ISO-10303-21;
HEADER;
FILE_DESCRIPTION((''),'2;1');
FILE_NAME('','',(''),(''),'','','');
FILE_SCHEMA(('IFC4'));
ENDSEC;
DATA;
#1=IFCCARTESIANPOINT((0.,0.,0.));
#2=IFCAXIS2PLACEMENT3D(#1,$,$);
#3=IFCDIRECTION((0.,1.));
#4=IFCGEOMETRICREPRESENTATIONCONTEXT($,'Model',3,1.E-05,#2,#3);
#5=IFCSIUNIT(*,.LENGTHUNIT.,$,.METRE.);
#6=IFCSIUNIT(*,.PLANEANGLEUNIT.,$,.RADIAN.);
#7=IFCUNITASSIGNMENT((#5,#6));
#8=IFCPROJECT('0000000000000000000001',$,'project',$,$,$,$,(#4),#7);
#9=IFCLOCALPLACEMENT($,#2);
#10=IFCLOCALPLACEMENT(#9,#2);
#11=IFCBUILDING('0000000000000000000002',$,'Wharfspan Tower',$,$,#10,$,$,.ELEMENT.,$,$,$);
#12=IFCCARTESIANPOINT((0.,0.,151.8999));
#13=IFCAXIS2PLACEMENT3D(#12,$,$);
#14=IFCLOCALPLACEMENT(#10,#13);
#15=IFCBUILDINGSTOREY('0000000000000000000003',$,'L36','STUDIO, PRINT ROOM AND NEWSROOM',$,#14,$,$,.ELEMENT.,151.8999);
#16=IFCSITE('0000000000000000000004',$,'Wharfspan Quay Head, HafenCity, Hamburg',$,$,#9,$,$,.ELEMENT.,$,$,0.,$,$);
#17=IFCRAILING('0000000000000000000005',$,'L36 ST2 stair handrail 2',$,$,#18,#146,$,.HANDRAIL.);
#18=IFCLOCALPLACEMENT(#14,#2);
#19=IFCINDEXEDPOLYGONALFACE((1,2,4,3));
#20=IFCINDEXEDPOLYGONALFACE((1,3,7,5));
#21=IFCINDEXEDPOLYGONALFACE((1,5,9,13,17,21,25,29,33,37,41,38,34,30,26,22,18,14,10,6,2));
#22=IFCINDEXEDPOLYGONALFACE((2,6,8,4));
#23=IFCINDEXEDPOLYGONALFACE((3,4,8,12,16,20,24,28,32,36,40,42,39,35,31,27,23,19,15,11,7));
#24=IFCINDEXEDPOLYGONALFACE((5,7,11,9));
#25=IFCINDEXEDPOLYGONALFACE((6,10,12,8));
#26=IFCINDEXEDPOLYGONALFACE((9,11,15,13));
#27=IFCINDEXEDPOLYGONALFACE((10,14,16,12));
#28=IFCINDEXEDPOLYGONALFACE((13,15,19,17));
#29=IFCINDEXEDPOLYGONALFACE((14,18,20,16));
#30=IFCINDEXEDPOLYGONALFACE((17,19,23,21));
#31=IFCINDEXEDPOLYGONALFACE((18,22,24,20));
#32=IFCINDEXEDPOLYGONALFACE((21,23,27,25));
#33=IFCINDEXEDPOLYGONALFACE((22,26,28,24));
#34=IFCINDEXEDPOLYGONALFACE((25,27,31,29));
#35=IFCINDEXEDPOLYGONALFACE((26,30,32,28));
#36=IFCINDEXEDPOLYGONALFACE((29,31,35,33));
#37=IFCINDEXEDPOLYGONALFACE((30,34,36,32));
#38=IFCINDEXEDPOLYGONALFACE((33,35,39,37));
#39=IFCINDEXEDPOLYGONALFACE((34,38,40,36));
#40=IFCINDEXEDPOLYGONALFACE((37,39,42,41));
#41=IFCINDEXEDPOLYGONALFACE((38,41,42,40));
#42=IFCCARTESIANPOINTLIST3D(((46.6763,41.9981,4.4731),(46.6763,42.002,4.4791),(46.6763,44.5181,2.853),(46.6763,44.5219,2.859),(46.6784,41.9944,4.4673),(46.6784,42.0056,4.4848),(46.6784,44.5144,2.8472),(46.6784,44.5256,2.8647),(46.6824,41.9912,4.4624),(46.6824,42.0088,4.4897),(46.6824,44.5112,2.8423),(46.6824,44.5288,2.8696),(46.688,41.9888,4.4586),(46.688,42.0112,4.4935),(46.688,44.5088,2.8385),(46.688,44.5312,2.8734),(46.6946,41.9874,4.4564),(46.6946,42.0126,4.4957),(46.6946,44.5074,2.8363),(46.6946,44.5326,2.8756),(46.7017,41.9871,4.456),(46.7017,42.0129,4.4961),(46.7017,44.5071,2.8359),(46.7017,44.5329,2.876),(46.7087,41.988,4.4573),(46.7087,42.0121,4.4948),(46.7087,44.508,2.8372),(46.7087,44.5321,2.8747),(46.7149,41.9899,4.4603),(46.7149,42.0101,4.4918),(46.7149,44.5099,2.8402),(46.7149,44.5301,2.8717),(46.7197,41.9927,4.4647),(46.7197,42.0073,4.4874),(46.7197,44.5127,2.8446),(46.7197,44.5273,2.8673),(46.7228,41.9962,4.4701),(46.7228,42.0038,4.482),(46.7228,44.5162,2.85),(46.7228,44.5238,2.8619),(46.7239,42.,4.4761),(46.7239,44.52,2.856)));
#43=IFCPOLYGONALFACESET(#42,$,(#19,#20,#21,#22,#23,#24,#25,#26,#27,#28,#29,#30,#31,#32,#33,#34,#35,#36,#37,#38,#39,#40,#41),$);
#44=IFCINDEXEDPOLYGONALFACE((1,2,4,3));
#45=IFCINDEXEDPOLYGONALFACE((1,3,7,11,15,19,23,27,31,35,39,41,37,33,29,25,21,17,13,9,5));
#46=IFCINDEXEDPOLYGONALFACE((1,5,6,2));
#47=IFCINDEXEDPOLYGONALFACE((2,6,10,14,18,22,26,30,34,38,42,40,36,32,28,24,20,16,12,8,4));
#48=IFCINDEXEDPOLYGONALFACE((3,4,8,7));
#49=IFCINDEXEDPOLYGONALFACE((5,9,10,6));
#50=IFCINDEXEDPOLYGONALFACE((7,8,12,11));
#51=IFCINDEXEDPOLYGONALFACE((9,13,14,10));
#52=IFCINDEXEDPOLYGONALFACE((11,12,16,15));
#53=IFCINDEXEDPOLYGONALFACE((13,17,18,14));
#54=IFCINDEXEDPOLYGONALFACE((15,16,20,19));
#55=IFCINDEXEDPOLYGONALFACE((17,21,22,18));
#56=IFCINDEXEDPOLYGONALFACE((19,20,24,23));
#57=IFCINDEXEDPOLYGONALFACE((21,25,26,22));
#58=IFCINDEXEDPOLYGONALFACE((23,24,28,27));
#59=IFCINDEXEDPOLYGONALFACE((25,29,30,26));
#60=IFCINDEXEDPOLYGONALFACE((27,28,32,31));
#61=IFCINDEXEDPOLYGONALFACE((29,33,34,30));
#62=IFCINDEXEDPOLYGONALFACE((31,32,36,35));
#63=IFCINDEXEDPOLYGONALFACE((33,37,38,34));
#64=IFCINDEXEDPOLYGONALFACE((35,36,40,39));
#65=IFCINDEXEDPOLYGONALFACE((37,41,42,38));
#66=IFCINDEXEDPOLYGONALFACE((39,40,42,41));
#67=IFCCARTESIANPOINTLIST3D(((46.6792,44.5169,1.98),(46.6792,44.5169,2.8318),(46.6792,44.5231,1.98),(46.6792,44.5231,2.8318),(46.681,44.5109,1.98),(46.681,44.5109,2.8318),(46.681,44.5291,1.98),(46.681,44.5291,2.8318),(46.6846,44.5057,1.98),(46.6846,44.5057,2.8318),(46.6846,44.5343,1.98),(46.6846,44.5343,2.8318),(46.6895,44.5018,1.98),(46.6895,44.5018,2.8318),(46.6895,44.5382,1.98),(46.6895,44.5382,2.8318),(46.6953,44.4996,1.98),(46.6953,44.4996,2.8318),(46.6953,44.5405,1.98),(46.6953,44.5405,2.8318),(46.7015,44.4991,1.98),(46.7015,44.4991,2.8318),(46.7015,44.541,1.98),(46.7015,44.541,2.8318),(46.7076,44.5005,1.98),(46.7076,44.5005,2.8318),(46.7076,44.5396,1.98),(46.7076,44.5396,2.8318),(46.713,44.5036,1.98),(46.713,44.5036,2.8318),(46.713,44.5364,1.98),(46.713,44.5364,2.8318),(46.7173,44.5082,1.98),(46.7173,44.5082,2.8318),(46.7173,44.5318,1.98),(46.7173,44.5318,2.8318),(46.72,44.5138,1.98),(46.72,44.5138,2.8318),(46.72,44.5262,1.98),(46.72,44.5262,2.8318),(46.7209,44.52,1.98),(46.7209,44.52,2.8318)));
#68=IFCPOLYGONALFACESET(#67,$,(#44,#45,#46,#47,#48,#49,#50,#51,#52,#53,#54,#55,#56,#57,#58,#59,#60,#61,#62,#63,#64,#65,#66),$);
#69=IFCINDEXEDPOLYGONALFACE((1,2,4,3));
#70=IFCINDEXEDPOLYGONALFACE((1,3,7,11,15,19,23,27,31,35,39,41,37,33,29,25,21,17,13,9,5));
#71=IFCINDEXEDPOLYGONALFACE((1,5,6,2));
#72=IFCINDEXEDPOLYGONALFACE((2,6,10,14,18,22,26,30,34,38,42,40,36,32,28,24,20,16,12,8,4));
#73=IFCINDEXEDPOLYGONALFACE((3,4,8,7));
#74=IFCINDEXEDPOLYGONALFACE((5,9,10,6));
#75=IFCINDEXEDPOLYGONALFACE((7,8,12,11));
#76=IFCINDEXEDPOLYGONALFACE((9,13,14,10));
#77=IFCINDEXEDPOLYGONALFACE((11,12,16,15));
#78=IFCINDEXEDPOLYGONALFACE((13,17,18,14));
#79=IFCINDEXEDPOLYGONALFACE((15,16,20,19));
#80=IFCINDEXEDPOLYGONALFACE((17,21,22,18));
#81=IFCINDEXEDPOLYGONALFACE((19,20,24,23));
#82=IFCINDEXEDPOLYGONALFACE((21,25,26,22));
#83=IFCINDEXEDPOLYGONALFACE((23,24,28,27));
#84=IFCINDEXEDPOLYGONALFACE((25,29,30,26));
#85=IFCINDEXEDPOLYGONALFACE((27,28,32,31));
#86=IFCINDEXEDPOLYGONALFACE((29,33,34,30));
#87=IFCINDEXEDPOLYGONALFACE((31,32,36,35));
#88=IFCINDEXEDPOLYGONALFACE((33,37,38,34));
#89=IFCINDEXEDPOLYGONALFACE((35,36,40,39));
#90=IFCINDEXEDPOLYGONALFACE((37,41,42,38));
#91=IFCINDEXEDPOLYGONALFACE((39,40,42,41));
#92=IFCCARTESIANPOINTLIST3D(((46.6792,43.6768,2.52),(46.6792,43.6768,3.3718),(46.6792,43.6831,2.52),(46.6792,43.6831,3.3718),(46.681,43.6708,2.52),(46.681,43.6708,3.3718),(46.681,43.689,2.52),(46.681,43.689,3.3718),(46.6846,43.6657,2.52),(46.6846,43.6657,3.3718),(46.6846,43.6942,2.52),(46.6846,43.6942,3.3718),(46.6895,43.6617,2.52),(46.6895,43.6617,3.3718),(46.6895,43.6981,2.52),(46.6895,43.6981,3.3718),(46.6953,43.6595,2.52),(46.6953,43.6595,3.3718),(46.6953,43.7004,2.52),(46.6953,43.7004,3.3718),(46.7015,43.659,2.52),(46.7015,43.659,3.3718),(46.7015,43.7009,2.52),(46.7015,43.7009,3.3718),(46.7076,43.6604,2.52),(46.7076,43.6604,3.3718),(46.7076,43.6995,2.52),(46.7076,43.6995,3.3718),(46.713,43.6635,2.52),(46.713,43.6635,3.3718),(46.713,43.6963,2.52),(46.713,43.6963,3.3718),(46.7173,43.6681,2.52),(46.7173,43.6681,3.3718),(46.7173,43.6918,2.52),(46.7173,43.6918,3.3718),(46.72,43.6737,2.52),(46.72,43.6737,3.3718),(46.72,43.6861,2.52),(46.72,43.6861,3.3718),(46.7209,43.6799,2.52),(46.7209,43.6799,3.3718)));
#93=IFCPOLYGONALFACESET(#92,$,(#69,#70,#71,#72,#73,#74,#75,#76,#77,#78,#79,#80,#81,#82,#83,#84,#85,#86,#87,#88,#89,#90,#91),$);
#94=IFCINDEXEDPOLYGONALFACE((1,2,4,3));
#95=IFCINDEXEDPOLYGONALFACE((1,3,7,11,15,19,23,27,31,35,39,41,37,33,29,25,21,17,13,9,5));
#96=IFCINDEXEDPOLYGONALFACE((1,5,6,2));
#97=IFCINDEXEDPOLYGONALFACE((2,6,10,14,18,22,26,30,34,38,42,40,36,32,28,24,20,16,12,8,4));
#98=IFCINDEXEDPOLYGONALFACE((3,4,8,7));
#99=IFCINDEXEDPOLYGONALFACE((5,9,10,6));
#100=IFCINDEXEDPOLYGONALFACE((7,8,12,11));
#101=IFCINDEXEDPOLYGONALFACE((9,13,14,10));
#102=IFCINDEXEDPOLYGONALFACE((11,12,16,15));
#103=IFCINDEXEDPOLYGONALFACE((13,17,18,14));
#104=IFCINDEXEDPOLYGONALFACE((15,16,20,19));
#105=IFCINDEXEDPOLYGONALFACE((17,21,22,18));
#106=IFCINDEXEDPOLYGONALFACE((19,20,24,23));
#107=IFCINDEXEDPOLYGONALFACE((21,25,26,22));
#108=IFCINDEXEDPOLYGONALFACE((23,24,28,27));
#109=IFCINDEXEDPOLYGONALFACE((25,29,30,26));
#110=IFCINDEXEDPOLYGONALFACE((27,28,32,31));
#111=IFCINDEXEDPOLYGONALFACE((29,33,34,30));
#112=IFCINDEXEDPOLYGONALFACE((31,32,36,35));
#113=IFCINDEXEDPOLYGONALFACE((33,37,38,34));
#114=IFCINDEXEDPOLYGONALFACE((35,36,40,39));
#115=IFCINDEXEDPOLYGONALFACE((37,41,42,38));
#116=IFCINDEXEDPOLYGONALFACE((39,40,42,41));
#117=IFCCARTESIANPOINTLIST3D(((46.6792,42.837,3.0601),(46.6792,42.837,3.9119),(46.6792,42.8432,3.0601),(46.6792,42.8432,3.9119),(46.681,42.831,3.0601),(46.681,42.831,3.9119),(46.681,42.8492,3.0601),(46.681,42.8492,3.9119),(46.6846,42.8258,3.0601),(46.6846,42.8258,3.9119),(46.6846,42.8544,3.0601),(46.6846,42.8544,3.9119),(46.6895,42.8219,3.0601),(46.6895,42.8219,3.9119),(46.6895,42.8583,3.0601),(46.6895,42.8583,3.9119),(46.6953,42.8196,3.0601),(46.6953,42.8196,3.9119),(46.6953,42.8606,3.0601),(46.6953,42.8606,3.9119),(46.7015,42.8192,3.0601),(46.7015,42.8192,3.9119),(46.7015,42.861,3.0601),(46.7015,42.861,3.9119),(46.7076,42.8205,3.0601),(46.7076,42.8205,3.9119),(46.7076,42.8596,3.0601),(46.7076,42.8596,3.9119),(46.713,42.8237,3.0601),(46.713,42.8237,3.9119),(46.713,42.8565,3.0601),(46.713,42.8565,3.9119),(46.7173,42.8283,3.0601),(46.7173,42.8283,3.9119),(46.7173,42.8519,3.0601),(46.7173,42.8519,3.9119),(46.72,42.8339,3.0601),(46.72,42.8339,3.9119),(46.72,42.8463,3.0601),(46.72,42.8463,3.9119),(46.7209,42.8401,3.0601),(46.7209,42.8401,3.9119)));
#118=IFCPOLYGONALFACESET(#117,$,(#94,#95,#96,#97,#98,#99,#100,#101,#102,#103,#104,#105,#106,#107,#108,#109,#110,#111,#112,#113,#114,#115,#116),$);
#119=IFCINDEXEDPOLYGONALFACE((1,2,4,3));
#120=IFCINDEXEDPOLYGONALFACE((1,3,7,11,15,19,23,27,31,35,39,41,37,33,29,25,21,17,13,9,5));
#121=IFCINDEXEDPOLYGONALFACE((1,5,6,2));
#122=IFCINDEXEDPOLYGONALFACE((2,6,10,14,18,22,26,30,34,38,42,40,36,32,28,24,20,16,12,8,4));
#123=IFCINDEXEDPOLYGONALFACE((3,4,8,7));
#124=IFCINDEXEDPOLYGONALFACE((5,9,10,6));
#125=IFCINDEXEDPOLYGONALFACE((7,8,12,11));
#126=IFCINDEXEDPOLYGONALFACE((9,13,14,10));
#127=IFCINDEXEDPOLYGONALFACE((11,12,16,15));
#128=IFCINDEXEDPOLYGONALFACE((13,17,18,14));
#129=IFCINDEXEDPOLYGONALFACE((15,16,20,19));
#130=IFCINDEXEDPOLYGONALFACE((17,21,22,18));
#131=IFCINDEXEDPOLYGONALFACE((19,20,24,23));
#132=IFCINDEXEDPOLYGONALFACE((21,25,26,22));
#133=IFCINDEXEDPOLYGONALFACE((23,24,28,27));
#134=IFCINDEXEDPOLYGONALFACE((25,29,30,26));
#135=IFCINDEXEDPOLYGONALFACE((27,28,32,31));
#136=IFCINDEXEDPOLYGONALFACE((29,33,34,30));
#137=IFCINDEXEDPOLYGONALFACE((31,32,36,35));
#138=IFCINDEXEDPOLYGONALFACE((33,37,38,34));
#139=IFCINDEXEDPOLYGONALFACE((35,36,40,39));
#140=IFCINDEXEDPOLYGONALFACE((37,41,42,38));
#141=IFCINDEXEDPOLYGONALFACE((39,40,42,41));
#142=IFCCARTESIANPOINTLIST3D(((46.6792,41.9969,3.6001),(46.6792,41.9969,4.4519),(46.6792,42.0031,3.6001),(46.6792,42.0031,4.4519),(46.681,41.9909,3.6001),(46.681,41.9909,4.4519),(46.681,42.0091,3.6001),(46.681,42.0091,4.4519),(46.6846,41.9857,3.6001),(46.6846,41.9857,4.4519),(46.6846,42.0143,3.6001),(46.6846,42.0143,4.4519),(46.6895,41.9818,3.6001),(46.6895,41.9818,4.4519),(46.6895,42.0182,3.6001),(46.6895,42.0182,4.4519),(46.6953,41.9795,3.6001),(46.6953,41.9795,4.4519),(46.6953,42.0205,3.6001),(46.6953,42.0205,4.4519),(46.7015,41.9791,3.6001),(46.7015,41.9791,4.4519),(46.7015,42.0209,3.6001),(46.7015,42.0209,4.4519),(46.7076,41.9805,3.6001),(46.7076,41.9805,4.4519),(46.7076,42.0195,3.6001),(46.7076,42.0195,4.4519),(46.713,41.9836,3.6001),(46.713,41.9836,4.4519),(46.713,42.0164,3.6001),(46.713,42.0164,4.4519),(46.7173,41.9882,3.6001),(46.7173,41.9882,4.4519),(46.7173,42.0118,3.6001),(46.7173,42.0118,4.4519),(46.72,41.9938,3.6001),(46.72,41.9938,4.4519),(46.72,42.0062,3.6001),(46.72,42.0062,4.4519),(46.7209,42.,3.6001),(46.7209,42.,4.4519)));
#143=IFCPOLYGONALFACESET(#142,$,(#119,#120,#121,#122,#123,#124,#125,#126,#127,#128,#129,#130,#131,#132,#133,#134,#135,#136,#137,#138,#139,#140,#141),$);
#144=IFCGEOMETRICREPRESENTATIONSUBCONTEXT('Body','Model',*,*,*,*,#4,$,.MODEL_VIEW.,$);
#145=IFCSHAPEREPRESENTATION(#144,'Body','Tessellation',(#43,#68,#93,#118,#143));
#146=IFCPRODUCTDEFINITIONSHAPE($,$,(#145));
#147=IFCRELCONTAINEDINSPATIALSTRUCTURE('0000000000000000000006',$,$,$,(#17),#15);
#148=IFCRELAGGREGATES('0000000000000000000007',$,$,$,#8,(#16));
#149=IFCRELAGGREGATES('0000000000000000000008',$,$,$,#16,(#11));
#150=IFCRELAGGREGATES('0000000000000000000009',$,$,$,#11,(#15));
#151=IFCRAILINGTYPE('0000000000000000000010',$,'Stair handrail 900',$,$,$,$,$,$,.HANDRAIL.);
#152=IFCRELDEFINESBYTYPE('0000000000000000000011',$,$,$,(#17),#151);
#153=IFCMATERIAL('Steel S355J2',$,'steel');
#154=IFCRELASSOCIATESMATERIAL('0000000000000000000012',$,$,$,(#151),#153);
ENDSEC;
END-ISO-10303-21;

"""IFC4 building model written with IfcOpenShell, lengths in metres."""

from ifc_helpers import new_model, si_unit, direction, frame, origin, origin_2d, place, context, subcontext, project, spatial, circle, extrude, material, type_object, element, save


model = new_model("IFC4")

# Units and contexts
model_context = context("Model", 3, precision=1e-05, world=origin(), true_north=direction((0.0, 1.0)))
body_context = subcontext(model_context, "Body", "Model", "MODEL_VIEW")
ifc_project = project(units=[si_unit("LENGTHUNIT", "METRE"), si_unit("PLANEANGLEUNIT", "RADIAN")], contexts=[model_context])

# Site, building, storey
site_placement = place(None, origin())
site = spatial("IfcSite", under=ifc_project, at=site_placement, Name="Wharfspan Quay Head, HafenCity, Hamburg", CompositionType="ELEMENT", RefElevation=0.0)
building_placement = place(site_placement, origin())
building = spatial("IfcBuilding", under=site, at=building_placement, Name="Wharfspan Tower", CompositionType="ELEMENT")
storey_placement = place(building_placement, frame((0.0, 0.0, 151.8999)))
storey = spatial("IfcBuildingStorey", under=building, at=storey_placement, Name="L36", Description="STUDIO, PRINT ROOM AND NEWSROOM", CompositionType="ELEMENT", Elevation=151.8999)

# Shared definitions
ifc_material_1 = material(Name="Steel S355J2", Category="steel")

# Railing
railing_type_1 = type_object("IfcRailingType", Name="Stair handrail 900", PredefinedType="HANDRAIL", material=ifc_material_1)
railing_1_placement = place(storey_placement, frame((46.7, 44.52, 1.98)))
element("IfcRailing", 1, at=railing_1_placement, inside=storey, type_object=railing_type_1, Name="L36 ST2 stair handrail 2", PredefinedType="HANDRAIL", context=body_context, shape_type="SweptSolid", body=[
    extrude(circle(Radius=0.0239, at=origin_2d()), frame((0.0, 0.0, 0.876), z_axis=(0.0, -0.841163, 0.540782), x_axis=(1.0, 0.0, 0.0)), (0.0, 0.0, 1.0), 2.9958),
    extrude(circle(Radius=0.021, at=origin_2d()), origin(), (0.0, 0.0, 1.0), 0.8518),
    extrude(circle(Radius=0.021, at=origin_2d()), frame((0.0, -0.8401, 0.54)), (0.0, 0.0, 1.0), 0.8518),
    extrude(circle(Radius=0.021, at=origin_2d()), frame((0.0, -1.6799, 1.0801)), (0.0, 0.0, 1.0), 0.8518),
    extrude(circle(Radius=0.021, at=origin_2d()), frame((0.0, -2.52, 1.6201)), (0.0, 0.0, 1.0), 0.8518),
])

save(model, "model.ifc")
